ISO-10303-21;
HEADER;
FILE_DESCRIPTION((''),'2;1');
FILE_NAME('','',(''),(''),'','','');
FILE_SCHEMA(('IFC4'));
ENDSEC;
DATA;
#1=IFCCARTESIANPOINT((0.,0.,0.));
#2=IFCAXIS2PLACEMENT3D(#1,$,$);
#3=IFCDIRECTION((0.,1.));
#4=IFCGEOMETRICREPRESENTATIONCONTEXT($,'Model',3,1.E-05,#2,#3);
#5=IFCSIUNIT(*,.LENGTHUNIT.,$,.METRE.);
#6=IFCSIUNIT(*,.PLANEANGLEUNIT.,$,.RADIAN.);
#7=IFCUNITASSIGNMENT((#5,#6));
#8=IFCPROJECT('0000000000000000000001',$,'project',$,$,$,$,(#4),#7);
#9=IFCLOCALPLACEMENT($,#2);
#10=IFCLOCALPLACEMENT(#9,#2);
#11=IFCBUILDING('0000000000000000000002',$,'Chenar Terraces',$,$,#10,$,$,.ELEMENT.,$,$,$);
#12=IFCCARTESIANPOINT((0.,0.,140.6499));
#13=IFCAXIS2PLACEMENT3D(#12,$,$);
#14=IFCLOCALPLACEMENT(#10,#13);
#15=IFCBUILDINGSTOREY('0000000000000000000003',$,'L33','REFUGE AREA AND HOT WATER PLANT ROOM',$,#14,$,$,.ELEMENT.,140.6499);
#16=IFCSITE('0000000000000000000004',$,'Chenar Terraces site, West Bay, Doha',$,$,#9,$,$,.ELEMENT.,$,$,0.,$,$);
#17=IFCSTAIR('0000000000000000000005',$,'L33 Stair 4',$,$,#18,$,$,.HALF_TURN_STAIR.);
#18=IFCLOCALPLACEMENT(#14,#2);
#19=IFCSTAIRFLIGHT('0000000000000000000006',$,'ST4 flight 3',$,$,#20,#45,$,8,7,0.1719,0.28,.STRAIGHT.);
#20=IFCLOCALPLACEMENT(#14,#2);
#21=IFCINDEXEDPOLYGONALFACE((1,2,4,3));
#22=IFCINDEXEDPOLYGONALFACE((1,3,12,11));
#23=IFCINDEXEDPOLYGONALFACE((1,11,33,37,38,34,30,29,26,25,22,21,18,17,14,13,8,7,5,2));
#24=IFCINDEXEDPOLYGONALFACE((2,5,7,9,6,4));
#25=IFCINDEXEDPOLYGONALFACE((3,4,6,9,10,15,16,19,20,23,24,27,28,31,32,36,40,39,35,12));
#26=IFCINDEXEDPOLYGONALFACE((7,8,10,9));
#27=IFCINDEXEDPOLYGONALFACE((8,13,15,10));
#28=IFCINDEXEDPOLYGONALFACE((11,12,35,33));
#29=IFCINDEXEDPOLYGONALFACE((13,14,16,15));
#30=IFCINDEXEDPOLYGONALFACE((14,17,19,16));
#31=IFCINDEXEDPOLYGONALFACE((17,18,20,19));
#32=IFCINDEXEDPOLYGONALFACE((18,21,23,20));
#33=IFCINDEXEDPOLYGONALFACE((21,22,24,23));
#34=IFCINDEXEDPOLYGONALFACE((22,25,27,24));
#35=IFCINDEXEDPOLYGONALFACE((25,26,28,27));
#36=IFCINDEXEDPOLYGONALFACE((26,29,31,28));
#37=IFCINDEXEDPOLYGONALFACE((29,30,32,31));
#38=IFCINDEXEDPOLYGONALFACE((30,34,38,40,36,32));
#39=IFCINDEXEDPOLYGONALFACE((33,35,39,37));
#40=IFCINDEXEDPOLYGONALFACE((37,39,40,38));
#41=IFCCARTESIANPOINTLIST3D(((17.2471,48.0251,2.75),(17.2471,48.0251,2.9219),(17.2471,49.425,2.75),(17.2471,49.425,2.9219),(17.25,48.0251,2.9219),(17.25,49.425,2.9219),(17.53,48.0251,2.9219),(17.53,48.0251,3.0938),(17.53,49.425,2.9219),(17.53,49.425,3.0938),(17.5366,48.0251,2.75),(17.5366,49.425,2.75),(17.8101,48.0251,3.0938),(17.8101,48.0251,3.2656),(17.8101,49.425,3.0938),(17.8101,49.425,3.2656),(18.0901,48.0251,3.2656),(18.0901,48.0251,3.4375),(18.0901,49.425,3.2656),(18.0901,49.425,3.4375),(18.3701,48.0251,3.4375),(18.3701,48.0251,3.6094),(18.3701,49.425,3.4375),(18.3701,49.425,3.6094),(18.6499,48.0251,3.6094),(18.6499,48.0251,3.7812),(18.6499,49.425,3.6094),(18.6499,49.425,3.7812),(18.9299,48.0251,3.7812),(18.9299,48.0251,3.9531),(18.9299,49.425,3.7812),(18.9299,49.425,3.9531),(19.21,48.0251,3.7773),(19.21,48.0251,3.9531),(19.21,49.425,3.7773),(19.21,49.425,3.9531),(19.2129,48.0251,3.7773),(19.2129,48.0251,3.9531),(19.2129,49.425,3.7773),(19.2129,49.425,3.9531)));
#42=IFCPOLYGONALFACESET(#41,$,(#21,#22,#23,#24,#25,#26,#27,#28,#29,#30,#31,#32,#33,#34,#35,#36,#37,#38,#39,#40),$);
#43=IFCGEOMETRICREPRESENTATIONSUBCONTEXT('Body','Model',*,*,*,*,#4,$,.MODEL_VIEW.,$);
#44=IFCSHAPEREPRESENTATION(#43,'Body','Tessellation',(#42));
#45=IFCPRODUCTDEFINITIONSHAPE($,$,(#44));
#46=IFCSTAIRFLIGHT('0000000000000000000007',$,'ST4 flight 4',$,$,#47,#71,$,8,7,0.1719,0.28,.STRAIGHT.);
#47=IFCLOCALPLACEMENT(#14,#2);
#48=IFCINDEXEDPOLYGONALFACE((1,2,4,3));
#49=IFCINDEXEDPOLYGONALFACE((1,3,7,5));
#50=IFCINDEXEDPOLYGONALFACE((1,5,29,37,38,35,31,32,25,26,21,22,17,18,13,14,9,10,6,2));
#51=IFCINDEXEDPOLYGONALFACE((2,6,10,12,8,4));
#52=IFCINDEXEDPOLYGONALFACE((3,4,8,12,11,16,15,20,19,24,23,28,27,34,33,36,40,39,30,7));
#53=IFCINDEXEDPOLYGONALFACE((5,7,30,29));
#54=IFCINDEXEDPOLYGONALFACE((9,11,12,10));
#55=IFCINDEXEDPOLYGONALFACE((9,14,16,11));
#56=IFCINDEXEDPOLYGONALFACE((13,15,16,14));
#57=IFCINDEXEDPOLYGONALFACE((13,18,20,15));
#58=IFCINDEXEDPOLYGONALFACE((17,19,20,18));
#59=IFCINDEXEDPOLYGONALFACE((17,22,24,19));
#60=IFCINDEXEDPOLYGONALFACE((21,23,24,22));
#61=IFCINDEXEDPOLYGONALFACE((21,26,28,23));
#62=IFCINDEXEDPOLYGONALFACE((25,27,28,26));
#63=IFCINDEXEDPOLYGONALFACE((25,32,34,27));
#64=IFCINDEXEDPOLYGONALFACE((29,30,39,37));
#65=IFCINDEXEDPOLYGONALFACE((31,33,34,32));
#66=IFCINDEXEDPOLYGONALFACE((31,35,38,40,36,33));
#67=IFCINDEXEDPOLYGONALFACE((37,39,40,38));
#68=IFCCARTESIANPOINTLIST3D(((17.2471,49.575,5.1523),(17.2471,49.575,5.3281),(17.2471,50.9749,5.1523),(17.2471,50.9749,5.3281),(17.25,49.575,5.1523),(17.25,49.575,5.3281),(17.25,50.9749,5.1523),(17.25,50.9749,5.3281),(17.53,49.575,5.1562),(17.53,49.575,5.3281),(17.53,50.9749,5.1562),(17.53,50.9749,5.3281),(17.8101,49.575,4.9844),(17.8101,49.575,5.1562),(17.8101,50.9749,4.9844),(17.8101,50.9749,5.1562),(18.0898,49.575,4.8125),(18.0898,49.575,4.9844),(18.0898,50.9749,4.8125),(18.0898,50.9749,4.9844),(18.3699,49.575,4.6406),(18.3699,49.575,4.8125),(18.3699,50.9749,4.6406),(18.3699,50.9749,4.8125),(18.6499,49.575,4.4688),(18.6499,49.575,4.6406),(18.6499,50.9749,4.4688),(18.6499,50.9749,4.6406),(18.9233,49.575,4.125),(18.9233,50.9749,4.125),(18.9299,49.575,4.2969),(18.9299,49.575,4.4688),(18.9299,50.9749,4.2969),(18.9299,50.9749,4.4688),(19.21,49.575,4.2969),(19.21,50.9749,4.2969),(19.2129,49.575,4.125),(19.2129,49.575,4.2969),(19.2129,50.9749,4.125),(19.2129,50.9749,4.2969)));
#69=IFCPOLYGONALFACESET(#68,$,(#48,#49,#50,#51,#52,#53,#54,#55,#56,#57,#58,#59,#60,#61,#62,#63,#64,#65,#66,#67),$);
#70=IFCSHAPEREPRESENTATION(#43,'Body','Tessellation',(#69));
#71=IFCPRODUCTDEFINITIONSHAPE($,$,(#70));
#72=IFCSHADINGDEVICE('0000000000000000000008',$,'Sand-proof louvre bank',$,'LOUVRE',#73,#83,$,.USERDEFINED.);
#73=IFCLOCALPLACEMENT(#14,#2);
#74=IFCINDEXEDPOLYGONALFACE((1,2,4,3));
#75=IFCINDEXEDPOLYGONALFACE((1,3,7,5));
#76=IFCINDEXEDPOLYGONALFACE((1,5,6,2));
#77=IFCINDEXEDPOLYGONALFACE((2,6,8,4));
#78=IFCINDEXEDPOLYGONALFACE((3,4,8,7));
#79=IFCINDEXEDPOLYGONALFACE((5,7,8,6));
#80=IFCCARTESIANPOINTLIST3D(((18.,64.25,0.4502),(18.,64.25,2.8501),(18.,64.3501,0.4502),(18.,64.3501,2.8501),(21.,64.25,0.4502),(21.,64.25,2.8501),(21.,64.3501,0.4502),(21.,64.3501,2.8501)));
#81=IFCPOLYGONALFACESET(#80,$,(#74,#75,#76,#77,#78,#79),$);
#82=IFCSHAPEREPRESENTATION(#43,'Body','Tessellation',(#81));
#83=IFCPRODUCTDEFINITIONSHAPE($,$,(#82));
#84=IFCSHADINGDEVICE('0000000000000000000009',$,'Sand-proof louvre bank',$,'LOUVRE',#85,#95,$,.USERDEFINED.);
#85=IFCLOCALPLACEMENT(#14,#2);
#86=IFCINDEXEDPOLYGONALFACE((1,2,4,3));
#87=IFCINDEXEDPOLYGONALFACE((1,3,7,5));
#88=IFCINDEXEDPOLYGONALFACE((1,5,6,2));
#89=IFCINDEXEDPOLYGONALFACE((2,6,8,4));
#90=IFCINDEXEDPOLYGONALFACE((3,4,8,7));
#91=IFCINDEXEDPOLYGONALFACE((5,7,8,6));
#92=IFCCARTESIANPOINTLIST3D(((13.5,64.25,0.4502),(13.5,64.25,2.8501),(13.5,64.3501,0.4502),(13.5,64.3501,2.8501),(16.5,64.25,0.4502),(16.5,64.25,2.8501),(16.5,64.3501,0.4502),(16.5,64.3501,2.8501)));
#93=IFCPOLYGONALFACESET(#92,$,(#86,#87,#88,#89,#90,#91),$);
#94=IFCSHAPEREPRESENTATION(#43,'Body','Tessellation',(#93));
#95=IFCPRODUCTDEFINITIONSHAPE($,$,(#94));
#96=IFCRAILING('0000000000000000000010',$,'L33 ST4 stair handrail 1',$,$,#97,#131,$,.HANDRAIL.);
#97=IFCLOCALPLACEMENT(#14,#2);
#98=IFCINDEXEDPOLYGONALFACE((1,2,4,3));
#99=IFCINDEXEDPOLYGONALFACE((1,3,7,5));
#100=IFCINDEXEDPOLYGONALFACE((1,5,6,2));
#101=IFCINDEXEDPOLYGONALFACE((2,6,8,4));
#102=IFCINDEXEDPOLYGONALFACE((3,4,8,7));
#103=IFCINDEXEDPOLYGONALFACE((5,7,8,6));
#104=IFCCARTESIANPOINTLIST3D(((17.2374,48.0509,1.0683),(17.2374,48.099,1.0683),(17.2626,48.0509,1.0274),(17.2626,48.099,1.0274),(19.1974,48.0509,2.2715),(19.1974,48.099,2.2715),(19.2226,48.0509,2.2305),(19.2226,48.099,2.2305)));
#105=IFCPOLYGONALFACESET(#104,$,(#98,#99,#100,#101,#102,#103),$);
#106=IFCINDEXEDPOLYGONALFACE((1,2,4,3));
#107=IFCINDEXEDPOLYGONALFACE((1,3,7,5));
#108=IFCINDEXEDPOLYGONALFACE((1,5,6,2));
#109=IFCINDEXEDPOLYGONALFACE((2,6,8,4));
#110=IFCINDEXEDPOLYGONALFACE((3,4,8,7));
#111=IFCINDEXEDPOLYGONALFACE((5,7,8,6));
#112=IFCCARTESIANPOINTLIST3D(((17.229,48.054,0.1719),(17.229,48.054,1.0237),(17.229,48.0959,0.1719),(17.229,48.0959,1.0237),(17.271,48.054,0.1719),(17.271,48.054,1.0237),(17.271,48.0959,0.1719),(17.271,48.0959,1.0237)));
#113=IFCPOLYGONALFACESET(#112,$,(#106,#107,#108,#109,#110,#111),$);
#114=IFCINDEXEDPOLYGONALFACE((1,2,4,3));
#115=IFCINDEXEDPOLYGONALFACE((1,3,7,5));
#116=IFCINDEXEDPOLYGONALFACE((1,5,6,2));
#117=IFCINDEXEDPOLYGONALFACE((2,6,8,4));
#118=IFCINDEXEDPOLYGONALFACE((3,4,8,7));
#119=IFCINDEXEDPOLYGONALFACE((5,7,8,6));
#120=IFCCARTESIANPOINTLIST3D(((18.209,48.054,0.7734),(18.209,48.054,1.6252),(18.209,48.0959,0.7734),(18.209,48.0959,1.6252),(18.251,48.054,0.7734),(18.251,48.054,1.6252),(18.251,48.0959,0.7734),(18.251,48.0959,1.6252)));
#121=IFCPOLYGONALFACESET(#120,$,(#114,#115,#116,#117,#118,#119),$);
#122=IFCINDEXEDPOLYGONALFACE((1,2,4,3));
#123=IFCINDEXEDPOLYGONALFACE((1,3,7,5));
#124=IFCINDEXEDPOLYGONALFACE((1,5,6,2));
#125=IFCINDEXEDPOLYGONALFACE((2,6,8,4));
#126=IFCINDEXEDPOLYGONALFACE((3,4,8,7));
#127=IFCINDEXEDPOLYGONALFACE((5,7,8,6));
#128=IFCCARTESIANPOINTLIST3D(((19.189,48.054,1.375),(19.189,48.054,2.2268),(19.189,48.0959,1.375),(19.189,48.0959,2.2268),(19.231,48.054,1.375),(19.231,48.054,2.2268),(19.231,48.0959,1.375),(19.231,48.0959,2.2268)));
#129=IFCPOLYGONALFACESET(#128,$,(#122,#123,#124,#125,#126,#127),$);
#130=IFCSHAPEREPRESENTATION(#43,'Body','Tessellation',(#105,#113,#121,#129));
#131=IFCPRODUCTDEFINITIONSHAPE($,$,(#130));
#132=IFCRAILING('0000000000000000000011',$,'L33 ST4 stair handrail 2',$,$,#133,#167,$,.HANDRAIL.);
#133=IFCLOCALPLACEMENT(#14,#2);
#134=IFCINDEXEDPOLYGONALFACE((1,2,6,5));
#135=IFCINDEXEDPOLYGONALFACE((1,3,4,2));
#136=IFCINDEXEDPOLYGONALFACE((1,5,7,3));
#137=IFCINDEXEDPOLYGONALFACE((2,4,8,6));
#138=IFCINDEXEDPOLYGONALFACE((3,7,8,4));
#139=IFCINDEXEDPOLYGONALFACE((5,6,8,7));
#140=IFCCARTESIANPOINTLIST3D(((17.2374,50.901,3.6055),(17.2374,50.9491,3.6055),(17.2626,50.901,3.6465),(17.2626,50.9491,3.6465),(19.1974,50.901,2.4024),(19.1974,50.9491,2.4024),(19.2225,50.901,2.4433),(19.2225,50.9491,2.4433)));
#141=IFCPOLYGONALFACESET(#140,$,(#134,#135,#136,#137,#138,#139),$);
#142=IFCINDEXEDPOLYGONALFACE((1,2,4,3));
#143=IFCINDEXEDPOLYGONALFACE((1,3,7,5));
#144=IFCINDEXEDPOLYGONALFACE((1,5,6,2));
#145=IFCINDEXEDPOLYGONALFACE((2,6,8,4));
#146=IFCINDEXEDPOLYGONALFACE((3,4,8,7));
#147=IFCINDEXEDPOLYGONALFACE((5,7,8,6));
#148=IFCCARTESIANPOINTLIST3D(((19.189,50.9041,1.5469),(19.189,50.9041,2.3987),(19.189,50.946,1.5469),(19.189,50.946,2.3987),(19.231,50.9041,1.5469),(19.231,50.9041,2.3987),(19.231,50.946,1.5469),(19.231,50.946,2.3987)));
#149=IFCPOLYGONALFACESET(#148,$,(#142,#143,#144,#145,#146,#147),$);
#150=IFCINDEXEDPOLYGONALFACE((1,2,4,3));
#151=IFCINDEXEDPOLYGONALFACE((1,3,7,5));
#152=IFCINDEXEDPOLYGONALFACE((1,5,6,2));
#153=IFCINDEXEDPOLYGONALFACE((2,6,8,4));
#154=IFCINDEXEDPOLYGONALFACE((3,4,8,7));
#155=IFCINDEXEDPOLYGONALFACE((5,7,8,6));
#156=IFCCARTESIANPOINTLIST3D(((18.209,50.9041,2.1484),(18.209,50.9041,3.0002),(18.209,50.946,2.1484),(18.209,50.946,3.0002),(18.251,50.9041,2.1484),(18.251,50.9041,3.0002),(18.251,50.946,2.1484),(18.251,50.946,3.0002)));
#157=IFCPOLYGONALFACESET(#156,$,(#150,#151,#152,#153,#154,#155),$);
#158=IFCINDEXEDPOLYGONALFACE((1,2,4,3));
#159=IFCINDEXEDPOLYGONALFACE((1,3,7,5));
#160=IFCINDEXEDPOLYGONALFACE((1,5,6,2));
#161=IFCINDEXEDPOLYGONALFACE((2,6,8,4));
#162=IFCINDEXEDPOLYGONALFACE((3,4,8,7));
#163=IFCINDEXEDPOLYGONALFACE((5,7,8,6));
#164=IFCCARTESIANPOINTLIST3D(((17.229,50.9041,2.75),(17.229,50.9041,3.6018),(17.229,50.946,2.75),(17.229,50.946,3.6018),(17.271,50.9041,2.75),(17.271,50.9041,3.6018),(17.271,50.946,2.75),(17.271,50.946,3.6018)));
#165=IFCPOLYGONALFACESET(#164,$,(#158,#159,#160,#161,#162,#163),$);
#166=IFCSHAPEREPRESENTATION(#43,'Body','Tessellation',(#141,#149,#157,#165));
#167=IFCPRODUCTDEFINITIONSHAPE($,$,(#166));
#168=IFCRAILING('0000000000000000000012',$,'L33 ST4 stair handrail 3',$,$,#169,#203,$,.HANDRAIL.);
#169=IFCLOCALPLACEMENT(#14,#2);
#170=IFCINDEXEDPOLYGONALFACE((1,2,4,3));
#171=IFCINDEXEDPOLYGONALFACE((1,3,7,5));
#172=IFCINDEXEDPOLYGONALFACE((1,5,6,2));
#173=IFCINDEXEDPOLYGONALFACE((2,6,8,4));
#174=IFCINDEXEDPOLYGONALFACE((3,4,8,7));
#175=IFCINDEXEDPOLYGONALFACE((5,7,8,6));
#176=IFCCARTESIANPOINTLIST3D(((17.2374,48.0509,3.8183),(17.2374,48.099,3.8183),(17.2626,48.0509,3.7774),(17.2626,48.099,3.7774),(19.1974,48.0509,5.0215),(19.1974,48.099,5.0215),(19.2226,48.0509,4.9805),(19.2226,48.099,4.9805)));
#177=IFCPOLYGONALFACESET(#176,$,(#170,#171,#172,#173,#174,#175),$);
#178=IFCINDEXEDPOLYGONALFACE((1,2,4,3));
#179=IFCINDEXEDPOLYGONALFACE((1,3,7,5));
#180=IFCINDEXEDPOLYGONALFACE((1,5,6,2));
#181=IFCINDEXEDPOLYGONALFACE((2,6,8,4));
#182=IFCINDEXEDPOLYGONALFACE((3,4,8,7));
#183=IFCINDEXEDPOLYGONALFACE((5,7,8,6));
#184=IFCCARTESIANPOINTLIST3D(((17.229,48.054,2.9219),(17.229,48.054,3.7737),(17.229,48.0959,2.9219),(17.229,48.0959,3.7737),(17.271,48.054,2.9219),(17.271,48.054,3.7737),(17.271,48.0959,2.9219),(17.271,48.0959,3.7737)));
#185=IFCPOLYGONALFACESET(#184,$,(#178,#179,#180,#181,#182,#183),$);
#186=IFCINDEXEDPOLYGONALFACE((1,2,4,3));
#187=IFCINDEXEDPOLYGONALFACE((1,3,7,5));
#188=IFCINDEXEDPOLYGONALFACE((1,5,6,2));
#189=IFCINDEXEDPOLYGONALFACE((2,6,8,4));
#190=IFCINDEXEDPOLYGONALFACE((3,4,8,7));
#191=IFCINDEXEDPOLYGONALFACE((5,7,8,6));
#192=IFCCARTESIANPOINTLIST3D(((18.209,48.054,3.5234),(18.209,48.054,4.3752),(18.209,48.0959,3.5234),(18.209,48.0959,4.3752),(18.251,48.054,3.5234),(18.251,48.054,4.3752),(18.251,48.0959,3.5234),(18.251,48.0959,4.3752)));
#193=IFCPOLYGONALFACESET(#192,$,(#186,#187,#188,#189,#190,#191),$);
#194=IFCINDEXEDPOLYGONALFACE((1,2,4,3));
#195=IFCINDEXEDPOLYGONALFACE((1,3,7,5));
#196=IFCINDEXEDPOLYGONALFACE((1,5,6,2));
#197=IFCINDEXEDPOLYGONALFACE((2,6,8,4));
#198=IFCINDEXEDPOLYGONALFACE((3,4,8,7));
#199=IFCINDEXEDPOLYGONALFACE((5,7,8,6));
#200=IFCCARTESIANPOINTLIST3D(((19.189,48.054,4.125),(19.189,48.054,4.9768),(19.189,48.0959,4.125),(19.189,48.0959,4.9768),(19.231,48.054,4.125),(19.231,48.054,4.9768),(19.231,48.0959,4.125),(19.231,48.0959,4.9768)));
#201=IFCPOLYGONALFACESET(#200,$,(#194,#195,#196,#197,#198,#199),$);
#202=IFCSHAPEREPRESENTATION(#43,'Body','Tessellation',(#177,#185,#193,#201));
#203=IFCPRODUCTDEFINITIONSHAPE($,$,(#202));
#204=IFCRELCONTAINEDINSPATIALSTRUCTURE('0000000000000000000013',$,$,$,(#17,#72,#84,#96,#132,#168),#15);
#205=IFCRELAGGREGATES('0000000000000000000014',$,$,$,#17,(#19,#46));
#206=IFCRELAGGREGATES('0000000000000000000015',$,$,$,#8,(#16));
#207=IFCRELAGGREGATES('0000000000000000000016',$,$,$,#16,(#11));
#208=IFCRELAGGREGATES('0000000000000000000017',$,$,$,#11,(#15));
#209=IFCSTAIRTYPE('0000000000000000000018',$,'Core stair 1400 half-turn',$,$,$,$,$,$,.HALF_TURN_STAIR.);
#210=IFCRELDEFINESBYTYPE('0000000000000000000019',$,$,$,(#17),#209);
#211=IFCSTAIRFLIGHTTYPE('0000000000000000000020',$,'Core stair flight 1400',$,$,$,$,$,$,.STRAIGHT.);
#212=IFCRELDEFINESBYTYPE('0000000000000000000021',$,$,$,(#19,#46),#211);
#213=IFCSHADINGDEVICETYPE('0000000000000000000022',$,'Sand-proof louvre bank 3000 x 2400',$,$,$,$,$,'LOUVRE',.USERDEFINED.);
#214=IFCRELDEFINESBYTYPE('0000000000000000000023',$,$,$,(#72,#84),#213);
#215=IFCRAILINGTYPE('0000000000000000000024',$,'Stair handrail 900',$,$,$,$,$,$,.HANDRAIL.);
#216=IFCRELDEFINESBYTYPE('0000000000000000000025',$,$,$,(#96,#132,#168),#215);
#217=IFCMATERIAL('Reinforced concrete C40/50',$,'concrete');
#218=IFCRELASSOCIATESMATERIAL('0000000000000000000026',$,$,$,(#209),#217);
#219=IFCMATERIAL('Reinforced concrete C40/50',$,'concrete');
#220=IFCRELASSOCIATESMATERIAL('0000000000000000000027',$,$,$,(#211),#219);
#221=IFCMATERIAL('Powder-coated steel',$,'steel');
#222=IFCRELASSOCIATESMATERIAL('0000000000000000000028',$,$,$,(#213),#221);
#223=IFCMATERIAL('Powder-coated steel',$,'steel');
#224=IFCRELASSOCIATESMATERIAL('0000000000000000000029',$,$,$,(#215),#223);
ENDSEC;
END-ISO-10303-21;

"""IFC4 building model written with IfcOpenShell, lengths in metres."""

from ifc_helpers import new_model, si_unit, direction, frame, origin, origin_2d, place, context, subcontext, project, spatial, polyline, rectangle, outline, extrude, material, type_object, element, aggregate, save


model = new_model("IFC4")

# Units and contexts
model_context = context("Model", 3, precision=1e-05, world=origin(), true_north=direction((0.0, 1.0)))
body_context = subcontext(model_context, "Body", "Model", "MODEL_VIEW")
ifc_project = project(units=[si_unit("LENGTHUNIT", "METRE"), si_unit("PLANEANGLEUNIT", "RADIAN")], contexts=[model_context])

# Site, building, storey
site_placement = place(None, origin())
site = spatial("IfcSite", under=ifc_project, at=site_placement, Name="Chenar Terraces site, West Bay, Doha", CompositionType="ELEMENT", RefElevation=0.0)
building_placement = place(site_placement, origin())
building = spatial("IfcBuilding", under=site, at=building_placement, Name="Chenar Terraces", CompositionType="ELEMENT")
storey_placement = place(building_placement, frame((0.0, 0.0, 140.6499)))
storey = spatial("IfcBuildingStorey", under=building, at=storey_placement, Name="L33", Description="REFUGE AREA AND HOT WATER PLANT ROOM", CompositionType="ELEMENT", Elevation=140.6499)

# Stair, stair flights
ifc_material_1 = material(Name="Reinforced concrete C40/50", Category="concrete")
stair_type = type_object("IfcStairType", Name="Core stair 1400 half-turn", PredefinedType="HALF_TURN_STAIR", material=ifc_material_1)
stair_placement = place(storey_placement, origin())
stair = element("IfcStair", 1, at=stair_placement, inside=storey, type_object=stair_type, Name="L33 Stair 4", PredefinedType="HALF_TURN_STAIR")
ifc_material_2 = material(Name="Reinforced concrete C40/50", Category="concrete")
stair_flight_type = type_object("IfcStairFlightType", Name="Core stair flight 1400", PredefinedType="STRAIGHT", material=ifc_material_2)
stair_flight_1_placement = place(storey_placement, frame((17.25, 48.7251, 2.75), z_axis=(0.0, 0.0, 1.0), x_axis=(1.0, 0.0, 0.0)))
stair_flight_1 = element("IfcStairFlight", 2, at=stair_flight_1_placement, type_object=stair_flight_type, Name="ST4 flight 3", NumberOfRisers=8, NumberOfTreads=7, PredefinedType="STRAIGHT", RiserHeight=0.1719, TreadLength=0.28, context=body_context, shape_type="SweptSolid", body=[
    extrude(outline(polyline([(-0.0029, 0.0), (-0.0029, 0.1719), (0.0, 0.1719), (0.28, 0.1719), (0.28, 0.3438), (0.5601, 0.3438), (0.5601, 0.5156), (0.8401, 0.5156), (0.8401, 0.6875), (1.1201, 0.6875), (1.1201, 0.8594), (1.3999, 0.8594), (1.3999, 1.0312), (1.6799, 1.0312), (1.6799, 1.2031), (1.96, 1.2031), (1.9629, 1.2031), (1.9629, 1.0273), (1.96, 1.0273), (0.2866, 0.0), (-0.0029, 0.0)])), frame((0.0, 0.7, 0.0), z_axis=(0.0, -1.0, 0.0), x_axis=(1.0, 0.0, 0.0)), (0.0, 0.0, 1.0), 1.3999),
])
stair_flight_2_placement = place(storey_placement, frame((19.21, 50.2749, 4.125), z_axis=(0.0, 0.0, 1.0), x_axis=(-1.0, 0.0, 0.0)))
stair_flight_2 = element("IfcStairFlight", 3, at=stair_flight_2_placement, type_object=stair_flight_type, Name="ST4 flight 4", NumberOfRisers=8, NumberOfTreads=7, PredefinedType="STRAIGHT", RiserHeight=0.1719, TreadLength=0.28, context=body_context, shape_type="SweptSolid", body=[
    extrude(outline(polyline([(-0.0029, 0.0), (-0.0029, 0.1719), (0.0, 0.1719), (0.28, 0.1719), (0.28, 0.3438), (0.5601, 0.3438), (0.5601, 0.5156), (0.8401, 0.5156), (0.8401, 0.6875), (1.1201, 0.6875), (1.1201, 0.8594), (1.3999, 0.8594), (1.3999, 1.0312), (1.6799, 1.0312), (1.6799, 1.2031), (1.96, 1.2031), (1.9629, 1.2031), (1.9629, 1.0273), (1.96, 1.0273), (0.2866, 0.0), (-0.0029, 0.0)])), frame((0.0, 0.7, 0.0), z_axis=(0.0, -1.0, 0.0), x_axis=(1.0, 0.0, 0.0)), (0.0, 0.0, 1.0), 1.3999),
])
aggregate(stair, [stair_flight_1, stair_flight_2])

# Shading devices
ifc_material_3 = material(Name="Powder-coated steel", Category="steel")
shading_device_type = type_object("IfcShadingDeviceType", Name="Sand-proof louvre bank 3000 x 2400", ElementType="LOUVRE", PredefinedType="USERDEFINED", material=ifc_material_3)
for number, where, z_axis, x_axis, name in (
    (4, (19.5, 64.3, 0.4502), (0.0, 0.0, 1.0), (-1.0, 0.0, 0.0), "Sand-proof louvre bank"),
    (5, (15.0, 64.3, 0.4502), (0.0, 0.0, 1.0), (-1.0, 0.0, 0.0), "Sand-proof louvre bank"),
):
    element("IfcShadingDevice", number, at=place(storey_placement, frame(where, z_axis=z_axis, x_axis=x_axis)), inside=storey, type_object=shading_device_type, Name=name, ObjectType="LOUVRE", PredefinedType="USERDEFINED", context=body_context, shape_type="SweptSolid", body=[
        extrude(rectangle(XDim=3.0, YDim=0.1001, at=origin_2d()), origin(), (0.0, 0.0, 1.0), 2.3999),
    ])

# Railings
ifc_material_4 = material(Name="Powder-coated steel", Category="steel")
railing_type_1 = type_object("IfcRailingType", Name="Stair handrail 900", PredefinedType="HANDRAIL", material=ifc_material_4)
railing_1_placement = place(storey_placement, frame((17.25, 48.075, 0.1719)))
element("IfcRailing", 6, at=railing_1_placement, inside=storey, type_object=railing_type_1, Name="L33 ST4 stair handrail 1", PredefinedType="HANDRAIL", context=body_context, shape_type="SweptSolid", body=[
    extrude(rectangle(XDim=0.0481, YDim=0.0481, at=origin_2d()), frame((0.0, 0.0, 0.876), z_axis=(0.852241, 0.0, 0.523149), x_axis=(0.0, 1.0, 0.0)), (0.0, 0.0, 1.0), 2.2998),
    extrude(rectangle(XDim=0.042, YDim=0.042, at=origin_2d()), origin(), (0.0, 0.0, 1.0), 0.8518),
    extrude(rectangle(XDim=0.042, YDim=0.042, at=origin_2d()), frame((0.98, 0.0, 0.6016)), (0.0, 0.0, 1.0), 0.8518),
    extrude(rectangle(XDim=0.042, YDim=0.042, at=origin_2d()), frame((1.96, 0.0, 1.2031)), (0.0, 0.0, 1.0), 0.8518),
])
railing_2_placement = place(storey_placement, frame((19.21, 50.925, 1.5469)))
element("IfcRailing", 7, at=railing_2_placement, inside=storey, type_object=railing_type_1, Name="L33 ST4 stair handrail 2", PredefinedType="HANDRAIL", context=body_context, shape_type="SweptSolid", body=[
    extrude(rectangle(XDim=0.0481, YDim=0.0481, at=origin_2d()), frame((0.0, 0.0, 0.876), z_axis=(-0.852241, 0.0, 0.523149), x_axis=(0.0, -1.0, 0.0)), (0.0, 0.0, 1.0), 2.2998),
    extrude(rectangle(XDim=0.042, YDim=0.042, at=origin_2d()), origin(), (0.0, 0.0, 1.0), 0.8518),
    extrude(rectangle(XDim=0.042, YDim=0.042, at=origin_2d()), frame((-0.98, 0.0, 0.6016)), (0.0, 0.0, 1.0), 0.8518),
    extrude(rectangle(XDim=0.042, YDim=0.042, at=origin_2d()), frame((-1.96, 0.0, 1.2031)), (0.0, 0.0, 1.0), 0.8518),
])
railing_3_placement = place(storey_placement, frame((17.25, 48.075, 2.9219)))
element("IfcRailing", 8, at=railing_3_placement, inside=storey, type_object=railing_type_1, Name="L33 ST4 stair handrail 3", PredefinedType="HANDRAIL", context=body_context, shape_type="SweptSolid", body=[
    extrude(rectangle(XDim=0.0481, YDim=0.0481, at=origin_2d()), frame((0.0, 0.0, 0.876), z_axis=(0.852241, 0.0, 0.523149), x_axis=(0.0, 1.0, 0.0)), (0.0, 0.0, 1.0), 2.2998),
    extrude(rectangle(XDim=0.042, YDim=0.042, at=origin_2d()), origin(), (0.0, 0.0, 1.0), 0.8518),
    extrude(rectangle(XDim=0.042, YDim=0.042, at=origin_2d()), frame((0.98, 0.0, 0.6016)), (0.0, 0.0, 1.0), 0.8518),
    extrude(rectangle(XDim=0.042, YDim=0.042, at=origin_2d()), frame((1.96, 0.0, 1.2031)), (0.0, 0.0, 1.0), 0.8518),
])

save(model, "model.ifc")
